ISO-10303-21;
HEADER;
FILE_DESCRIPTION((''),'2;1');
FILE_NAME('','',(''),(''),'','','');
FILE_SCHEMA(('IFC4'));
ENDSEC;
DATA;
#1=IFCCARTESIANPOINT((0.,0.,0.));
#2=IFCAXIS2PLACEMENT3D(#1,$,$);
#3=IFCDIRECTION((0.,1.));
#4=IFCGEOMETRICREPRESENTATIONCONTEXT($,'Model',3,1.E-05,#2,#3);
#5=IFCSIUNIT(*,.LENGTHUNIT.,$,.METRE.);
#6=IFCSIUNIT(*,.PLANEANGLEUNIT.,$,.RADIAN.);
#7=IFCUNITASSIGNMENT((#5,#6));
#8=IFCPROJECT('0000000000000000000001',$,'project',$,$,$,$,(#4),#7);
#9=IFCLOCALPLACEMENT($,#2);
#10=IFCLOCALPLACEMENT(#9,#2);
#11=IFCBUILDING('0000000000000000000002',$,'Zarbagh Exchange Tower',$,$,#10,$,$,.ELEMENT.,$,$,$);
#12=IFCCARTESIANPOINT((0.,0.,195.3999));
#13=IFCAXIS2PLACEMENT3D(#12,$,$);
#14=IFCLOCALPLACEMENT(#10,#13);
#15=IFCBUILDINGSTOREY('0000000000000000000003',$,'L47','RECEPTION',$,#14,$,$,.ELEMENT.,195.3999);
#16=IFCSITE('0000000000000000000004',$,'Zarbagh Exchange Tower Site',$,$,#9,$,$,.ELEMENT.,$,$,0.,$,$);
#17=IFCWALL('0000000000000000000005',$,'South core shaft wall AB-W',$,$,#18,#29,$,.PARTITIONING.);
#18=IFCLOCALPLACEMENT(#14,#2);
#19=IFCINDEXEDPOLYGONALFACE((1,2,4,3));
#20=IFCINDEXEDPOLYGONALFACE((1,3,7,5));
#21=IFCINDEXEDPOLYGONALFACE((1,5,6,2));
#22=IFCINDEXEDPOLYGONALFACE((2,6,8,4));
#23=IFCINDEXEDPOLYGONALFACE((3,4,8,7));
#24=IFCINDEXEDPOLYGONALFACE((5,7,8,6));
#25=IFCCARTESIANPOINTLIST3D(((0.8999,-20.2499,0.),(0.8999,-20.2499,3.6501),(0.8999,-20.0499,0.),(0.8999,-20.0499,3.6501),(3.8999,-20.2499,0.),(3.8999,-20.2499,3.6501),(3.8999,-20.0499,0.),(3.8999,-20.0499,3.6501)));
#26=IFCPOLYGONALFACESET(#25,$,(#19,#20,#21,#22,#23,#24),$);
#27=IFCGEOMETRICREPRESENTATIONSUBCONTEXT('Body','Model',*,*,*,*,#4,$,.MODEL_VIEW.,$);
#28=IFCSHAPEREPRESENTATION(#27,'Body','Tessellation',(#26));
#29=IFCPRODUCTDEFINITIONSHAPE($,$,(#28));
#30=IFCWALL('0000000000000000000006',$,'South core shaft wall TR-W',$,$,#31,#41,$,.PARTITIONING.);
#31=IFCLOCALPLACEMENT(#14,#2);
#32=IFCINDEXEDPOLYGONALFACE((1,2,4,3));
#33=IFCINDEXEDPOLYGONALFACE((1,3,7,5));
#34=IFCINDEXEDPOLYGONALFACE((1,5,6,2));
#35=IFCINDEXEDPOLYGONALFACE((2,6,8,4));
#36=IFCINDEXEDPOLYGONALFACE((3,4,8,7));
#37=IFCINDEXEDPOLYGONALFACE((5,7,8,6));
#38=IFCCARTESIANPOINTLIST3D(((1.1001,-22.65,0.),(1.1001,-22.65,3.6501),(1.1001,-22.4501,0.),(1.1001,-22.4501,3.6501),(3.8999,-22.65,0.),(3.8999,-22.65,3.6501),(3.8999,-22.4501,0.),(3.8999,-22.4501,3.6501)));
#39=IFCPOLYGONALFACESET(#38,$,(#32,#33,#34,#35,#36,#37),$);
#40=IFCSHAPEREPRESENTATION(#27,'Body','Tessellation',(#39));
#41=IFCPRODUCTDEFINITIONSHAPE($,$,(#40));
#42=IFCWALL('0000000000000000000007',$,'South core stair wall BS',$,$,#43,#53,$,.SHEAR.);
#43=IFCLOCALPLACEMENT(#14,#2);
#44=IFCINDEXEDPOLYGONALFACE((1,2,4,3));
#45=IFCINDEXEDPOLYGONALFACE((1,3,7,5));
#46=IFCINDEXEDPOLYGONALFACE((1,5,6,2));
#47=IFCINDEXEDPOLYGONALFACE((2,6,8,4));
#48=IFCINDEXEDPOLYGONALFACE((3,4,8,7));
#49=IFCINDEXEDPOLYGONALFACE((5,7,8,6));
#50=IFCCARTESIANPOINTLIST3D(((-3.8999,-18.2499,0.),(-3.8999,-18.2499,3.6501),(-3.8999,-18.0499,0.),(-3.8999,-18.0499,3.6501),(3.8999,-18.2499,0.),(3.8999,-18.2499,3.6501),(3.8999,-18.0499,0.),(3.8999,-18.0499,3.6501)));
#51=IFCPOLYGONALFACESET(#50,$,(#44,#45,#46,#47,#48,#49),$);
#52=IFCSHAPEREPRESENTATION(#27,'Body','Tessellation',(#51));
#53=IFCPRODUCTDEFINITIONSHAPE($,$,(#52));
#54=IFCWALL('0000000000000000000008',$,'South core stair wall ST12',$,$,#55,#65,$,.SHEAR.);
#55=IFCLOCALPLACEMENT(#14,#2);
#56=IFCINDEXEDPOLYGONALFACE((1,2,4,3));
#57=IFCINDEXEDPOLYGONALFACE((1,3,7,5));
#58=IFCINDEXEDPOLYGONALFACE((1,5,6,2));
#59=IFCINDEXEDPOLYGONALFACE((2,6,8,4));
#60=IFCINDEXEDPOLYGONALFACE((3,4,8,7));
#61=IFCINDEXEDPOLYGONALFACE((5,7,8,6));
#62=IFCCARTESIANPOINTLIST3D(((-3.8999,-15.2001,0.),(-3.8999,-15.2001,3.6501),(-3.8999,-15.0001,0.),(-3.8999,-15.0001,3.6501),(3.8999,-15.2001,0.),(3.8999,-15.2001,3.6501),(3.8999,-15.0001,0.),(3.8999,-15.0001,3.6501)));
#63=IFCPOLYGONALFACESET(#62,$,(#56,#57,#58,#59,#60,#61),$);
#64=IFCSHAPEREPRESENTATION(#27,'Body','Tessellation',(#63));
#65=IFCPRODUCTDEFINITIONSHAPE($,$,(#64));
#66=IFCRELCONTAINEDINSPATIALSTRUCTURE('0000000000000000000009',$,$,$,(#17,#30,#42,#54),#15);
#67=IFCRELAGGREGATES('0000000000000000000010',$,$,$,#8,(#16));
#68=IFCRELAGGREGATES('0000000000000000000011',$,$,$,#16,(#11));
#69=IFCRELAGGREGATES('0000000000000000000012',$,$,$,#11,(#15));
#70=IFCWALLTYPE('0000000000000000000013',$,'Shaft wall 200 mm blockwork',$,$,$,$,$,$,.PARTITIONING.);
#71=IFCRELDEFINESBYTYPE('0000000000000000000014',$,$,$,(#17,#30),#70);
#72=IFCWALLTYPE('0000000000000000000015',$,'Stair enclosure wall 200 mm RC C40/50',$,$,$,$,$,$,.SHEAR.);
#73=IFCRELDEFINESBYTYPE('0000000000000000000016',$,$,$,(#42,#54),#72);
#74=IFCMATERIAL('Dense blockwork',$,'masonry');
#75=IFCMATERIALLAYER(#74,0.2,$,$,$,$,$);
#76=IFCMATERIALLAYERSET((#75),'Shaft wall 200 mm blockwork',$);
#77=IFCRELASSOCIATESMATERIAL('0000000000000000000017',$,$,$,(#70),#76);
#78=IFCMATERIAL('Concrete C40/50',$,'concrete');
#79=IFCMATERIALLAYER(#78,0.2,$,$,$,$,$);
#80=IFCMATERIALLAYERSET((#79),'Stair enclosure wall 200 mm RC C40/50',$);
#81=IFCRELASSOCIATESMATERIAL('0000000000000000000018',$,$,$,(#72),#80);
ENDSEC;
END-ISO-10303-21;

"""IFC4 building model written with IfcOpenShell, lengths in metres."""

from ifc_helpers import new_model, si_unit, direction, frame, frame_2d, origin, place, context, subcontext, project, spatial, rectangle, extrude, material, layer, layer_set, type_object, element, save


model = new_model("IFC4")

# Units and contexts
model_context = context("Model", 3, precision=1e-05, world=origin(), true_north=direction((0.0, 1.0)))
body_context = subcontext(model_context, "Body", "Model", "MODEL_VIEW")
ifc_project = project(units=[si_unit("LENGTHUNIT", "METRE"), si_unit("PLANEANGLEUNIT", "RADIAN")], contexts=[model_context])

# Site, building, storey
site_placement = place(None, origin())
site = spatial("IfcSite", under=ifc_project, at=site_placement, Name="Zarbagh Exchange Tower Site", CompositionType="ELEMENT", RefElevation=0.0)
building_placement = place(site_placement, origin())
building = spatial("IfcBuilding", under=site, at=building_placement, Name="Zarbagh Exchange Tower", CompositionType="ELEMENT")
storey_placement = place(building_placement, frame((0.0, 0.0, 195.3999)))
storey = spatial("IfcBuildingStorey", under=building, at=storey_placement, Name="L47", Description="RECEPTION", CompositionType="ELEMENT", Elevation=195.3999)

# Walls
ifc_material_1 = material(Name="Dense blockwork", Category="masonry")
ifc_layer_1 = layer(ifc_material_1, 0.2)
ifc_layer_set_1 = layer_set([ifc_layer_1], Name="Shaft wall 200 mm blockwork")
wall_type_1 = type_object("IfcWallType", Name="Shaft wall 200 mm blockwork", PredefinedType="PARTITIONING", material=ifc_layer_set_1)
wall_1_placement = place(storey_placement, frame((3.8999, -20.1499, 0.0), z_axis=(0.0, 0.0, 1.0), x_axis=(-1.0, 0.0, 0.0)))
element("IfcWall", 1, at=wall_1_placement, inside=storey, type_object=wall_type_1, Name="South core shaft wall AB-W", PredefinedType="PARTITIONING", context=body_context, shape_type="SweptSolid", body=[
    extrude(rectangle(XDim=3.0, YDim=0.2, at=frame_2d((1.5, 0.0))), origin(), (0.0, 0.0, 1.0), 3.6501),
])
wall_2_placement = place(storey_placement, frame((3.8999, -22.55, 0.0), z_axis=(0.0, 0.0, 1.0), x_axis=(-1.0, 0.0, 0.0)))
element("IfcWall", 2, at=wall_2_placement, inside=storey, type_object=wall_type_1, Name="South core shaft wall TR-W", PredefinedType="PARTITIONING", context=body_context, shape_type="SweptSolid", body=[
    extrude(rectangle(XDim=2.7998, YDim=0.2, at=frame_2d((1.3999, 0.0))), origin(), (0.0, 0.0, 1.0), 3.6501),
])
ifc_material_2 = material(Name="Concrete C40/50", Category="concrete")
ifc_layer_2 = layer(ifc_material_2, 0.2)
ifc_layer_set_2 = layer_set([ifc_layer_2], Name="Stair enclosure wall 200 mm RC C40/50")
wall_type_2 = type_object("IfcWallType", Name="Stair enclosure wall 200 mm RC C40/50", PredefinedType="SHEAR", material=ifc_layer_set_2)
for number, where, z_axis, x_axis, name in (
    (3, (3.8999, -18.1499, 0.0), (0.0, 0.0, 1.0), (-1.0, 0.0, 0.0), "South core stair wall BS"),
    (4, (3.8999, -15.1001, 0.0), (0.0, 0.0, 1.0), (-1.0, 0.0, 0.0), "South core stair wall ST12"),
):
    element("IfcWall", number, at=place(storey_placement, frame(where, z_axis=z_axis, x_axis=x_axis)), inside=storey, type_object=wall_type_2, Name=name, PredefinedType="SHEAR", context=body_context, shape_type="SweptSolid", body=[
        extrude(rectangle(XDim=7.7998, YDim=0.2, at=frame_2d((3.8999, 0.0))), origin(), (0.0, 0.0, 1.0), 3.6501),
    ])

save(model, "model.ifc")
